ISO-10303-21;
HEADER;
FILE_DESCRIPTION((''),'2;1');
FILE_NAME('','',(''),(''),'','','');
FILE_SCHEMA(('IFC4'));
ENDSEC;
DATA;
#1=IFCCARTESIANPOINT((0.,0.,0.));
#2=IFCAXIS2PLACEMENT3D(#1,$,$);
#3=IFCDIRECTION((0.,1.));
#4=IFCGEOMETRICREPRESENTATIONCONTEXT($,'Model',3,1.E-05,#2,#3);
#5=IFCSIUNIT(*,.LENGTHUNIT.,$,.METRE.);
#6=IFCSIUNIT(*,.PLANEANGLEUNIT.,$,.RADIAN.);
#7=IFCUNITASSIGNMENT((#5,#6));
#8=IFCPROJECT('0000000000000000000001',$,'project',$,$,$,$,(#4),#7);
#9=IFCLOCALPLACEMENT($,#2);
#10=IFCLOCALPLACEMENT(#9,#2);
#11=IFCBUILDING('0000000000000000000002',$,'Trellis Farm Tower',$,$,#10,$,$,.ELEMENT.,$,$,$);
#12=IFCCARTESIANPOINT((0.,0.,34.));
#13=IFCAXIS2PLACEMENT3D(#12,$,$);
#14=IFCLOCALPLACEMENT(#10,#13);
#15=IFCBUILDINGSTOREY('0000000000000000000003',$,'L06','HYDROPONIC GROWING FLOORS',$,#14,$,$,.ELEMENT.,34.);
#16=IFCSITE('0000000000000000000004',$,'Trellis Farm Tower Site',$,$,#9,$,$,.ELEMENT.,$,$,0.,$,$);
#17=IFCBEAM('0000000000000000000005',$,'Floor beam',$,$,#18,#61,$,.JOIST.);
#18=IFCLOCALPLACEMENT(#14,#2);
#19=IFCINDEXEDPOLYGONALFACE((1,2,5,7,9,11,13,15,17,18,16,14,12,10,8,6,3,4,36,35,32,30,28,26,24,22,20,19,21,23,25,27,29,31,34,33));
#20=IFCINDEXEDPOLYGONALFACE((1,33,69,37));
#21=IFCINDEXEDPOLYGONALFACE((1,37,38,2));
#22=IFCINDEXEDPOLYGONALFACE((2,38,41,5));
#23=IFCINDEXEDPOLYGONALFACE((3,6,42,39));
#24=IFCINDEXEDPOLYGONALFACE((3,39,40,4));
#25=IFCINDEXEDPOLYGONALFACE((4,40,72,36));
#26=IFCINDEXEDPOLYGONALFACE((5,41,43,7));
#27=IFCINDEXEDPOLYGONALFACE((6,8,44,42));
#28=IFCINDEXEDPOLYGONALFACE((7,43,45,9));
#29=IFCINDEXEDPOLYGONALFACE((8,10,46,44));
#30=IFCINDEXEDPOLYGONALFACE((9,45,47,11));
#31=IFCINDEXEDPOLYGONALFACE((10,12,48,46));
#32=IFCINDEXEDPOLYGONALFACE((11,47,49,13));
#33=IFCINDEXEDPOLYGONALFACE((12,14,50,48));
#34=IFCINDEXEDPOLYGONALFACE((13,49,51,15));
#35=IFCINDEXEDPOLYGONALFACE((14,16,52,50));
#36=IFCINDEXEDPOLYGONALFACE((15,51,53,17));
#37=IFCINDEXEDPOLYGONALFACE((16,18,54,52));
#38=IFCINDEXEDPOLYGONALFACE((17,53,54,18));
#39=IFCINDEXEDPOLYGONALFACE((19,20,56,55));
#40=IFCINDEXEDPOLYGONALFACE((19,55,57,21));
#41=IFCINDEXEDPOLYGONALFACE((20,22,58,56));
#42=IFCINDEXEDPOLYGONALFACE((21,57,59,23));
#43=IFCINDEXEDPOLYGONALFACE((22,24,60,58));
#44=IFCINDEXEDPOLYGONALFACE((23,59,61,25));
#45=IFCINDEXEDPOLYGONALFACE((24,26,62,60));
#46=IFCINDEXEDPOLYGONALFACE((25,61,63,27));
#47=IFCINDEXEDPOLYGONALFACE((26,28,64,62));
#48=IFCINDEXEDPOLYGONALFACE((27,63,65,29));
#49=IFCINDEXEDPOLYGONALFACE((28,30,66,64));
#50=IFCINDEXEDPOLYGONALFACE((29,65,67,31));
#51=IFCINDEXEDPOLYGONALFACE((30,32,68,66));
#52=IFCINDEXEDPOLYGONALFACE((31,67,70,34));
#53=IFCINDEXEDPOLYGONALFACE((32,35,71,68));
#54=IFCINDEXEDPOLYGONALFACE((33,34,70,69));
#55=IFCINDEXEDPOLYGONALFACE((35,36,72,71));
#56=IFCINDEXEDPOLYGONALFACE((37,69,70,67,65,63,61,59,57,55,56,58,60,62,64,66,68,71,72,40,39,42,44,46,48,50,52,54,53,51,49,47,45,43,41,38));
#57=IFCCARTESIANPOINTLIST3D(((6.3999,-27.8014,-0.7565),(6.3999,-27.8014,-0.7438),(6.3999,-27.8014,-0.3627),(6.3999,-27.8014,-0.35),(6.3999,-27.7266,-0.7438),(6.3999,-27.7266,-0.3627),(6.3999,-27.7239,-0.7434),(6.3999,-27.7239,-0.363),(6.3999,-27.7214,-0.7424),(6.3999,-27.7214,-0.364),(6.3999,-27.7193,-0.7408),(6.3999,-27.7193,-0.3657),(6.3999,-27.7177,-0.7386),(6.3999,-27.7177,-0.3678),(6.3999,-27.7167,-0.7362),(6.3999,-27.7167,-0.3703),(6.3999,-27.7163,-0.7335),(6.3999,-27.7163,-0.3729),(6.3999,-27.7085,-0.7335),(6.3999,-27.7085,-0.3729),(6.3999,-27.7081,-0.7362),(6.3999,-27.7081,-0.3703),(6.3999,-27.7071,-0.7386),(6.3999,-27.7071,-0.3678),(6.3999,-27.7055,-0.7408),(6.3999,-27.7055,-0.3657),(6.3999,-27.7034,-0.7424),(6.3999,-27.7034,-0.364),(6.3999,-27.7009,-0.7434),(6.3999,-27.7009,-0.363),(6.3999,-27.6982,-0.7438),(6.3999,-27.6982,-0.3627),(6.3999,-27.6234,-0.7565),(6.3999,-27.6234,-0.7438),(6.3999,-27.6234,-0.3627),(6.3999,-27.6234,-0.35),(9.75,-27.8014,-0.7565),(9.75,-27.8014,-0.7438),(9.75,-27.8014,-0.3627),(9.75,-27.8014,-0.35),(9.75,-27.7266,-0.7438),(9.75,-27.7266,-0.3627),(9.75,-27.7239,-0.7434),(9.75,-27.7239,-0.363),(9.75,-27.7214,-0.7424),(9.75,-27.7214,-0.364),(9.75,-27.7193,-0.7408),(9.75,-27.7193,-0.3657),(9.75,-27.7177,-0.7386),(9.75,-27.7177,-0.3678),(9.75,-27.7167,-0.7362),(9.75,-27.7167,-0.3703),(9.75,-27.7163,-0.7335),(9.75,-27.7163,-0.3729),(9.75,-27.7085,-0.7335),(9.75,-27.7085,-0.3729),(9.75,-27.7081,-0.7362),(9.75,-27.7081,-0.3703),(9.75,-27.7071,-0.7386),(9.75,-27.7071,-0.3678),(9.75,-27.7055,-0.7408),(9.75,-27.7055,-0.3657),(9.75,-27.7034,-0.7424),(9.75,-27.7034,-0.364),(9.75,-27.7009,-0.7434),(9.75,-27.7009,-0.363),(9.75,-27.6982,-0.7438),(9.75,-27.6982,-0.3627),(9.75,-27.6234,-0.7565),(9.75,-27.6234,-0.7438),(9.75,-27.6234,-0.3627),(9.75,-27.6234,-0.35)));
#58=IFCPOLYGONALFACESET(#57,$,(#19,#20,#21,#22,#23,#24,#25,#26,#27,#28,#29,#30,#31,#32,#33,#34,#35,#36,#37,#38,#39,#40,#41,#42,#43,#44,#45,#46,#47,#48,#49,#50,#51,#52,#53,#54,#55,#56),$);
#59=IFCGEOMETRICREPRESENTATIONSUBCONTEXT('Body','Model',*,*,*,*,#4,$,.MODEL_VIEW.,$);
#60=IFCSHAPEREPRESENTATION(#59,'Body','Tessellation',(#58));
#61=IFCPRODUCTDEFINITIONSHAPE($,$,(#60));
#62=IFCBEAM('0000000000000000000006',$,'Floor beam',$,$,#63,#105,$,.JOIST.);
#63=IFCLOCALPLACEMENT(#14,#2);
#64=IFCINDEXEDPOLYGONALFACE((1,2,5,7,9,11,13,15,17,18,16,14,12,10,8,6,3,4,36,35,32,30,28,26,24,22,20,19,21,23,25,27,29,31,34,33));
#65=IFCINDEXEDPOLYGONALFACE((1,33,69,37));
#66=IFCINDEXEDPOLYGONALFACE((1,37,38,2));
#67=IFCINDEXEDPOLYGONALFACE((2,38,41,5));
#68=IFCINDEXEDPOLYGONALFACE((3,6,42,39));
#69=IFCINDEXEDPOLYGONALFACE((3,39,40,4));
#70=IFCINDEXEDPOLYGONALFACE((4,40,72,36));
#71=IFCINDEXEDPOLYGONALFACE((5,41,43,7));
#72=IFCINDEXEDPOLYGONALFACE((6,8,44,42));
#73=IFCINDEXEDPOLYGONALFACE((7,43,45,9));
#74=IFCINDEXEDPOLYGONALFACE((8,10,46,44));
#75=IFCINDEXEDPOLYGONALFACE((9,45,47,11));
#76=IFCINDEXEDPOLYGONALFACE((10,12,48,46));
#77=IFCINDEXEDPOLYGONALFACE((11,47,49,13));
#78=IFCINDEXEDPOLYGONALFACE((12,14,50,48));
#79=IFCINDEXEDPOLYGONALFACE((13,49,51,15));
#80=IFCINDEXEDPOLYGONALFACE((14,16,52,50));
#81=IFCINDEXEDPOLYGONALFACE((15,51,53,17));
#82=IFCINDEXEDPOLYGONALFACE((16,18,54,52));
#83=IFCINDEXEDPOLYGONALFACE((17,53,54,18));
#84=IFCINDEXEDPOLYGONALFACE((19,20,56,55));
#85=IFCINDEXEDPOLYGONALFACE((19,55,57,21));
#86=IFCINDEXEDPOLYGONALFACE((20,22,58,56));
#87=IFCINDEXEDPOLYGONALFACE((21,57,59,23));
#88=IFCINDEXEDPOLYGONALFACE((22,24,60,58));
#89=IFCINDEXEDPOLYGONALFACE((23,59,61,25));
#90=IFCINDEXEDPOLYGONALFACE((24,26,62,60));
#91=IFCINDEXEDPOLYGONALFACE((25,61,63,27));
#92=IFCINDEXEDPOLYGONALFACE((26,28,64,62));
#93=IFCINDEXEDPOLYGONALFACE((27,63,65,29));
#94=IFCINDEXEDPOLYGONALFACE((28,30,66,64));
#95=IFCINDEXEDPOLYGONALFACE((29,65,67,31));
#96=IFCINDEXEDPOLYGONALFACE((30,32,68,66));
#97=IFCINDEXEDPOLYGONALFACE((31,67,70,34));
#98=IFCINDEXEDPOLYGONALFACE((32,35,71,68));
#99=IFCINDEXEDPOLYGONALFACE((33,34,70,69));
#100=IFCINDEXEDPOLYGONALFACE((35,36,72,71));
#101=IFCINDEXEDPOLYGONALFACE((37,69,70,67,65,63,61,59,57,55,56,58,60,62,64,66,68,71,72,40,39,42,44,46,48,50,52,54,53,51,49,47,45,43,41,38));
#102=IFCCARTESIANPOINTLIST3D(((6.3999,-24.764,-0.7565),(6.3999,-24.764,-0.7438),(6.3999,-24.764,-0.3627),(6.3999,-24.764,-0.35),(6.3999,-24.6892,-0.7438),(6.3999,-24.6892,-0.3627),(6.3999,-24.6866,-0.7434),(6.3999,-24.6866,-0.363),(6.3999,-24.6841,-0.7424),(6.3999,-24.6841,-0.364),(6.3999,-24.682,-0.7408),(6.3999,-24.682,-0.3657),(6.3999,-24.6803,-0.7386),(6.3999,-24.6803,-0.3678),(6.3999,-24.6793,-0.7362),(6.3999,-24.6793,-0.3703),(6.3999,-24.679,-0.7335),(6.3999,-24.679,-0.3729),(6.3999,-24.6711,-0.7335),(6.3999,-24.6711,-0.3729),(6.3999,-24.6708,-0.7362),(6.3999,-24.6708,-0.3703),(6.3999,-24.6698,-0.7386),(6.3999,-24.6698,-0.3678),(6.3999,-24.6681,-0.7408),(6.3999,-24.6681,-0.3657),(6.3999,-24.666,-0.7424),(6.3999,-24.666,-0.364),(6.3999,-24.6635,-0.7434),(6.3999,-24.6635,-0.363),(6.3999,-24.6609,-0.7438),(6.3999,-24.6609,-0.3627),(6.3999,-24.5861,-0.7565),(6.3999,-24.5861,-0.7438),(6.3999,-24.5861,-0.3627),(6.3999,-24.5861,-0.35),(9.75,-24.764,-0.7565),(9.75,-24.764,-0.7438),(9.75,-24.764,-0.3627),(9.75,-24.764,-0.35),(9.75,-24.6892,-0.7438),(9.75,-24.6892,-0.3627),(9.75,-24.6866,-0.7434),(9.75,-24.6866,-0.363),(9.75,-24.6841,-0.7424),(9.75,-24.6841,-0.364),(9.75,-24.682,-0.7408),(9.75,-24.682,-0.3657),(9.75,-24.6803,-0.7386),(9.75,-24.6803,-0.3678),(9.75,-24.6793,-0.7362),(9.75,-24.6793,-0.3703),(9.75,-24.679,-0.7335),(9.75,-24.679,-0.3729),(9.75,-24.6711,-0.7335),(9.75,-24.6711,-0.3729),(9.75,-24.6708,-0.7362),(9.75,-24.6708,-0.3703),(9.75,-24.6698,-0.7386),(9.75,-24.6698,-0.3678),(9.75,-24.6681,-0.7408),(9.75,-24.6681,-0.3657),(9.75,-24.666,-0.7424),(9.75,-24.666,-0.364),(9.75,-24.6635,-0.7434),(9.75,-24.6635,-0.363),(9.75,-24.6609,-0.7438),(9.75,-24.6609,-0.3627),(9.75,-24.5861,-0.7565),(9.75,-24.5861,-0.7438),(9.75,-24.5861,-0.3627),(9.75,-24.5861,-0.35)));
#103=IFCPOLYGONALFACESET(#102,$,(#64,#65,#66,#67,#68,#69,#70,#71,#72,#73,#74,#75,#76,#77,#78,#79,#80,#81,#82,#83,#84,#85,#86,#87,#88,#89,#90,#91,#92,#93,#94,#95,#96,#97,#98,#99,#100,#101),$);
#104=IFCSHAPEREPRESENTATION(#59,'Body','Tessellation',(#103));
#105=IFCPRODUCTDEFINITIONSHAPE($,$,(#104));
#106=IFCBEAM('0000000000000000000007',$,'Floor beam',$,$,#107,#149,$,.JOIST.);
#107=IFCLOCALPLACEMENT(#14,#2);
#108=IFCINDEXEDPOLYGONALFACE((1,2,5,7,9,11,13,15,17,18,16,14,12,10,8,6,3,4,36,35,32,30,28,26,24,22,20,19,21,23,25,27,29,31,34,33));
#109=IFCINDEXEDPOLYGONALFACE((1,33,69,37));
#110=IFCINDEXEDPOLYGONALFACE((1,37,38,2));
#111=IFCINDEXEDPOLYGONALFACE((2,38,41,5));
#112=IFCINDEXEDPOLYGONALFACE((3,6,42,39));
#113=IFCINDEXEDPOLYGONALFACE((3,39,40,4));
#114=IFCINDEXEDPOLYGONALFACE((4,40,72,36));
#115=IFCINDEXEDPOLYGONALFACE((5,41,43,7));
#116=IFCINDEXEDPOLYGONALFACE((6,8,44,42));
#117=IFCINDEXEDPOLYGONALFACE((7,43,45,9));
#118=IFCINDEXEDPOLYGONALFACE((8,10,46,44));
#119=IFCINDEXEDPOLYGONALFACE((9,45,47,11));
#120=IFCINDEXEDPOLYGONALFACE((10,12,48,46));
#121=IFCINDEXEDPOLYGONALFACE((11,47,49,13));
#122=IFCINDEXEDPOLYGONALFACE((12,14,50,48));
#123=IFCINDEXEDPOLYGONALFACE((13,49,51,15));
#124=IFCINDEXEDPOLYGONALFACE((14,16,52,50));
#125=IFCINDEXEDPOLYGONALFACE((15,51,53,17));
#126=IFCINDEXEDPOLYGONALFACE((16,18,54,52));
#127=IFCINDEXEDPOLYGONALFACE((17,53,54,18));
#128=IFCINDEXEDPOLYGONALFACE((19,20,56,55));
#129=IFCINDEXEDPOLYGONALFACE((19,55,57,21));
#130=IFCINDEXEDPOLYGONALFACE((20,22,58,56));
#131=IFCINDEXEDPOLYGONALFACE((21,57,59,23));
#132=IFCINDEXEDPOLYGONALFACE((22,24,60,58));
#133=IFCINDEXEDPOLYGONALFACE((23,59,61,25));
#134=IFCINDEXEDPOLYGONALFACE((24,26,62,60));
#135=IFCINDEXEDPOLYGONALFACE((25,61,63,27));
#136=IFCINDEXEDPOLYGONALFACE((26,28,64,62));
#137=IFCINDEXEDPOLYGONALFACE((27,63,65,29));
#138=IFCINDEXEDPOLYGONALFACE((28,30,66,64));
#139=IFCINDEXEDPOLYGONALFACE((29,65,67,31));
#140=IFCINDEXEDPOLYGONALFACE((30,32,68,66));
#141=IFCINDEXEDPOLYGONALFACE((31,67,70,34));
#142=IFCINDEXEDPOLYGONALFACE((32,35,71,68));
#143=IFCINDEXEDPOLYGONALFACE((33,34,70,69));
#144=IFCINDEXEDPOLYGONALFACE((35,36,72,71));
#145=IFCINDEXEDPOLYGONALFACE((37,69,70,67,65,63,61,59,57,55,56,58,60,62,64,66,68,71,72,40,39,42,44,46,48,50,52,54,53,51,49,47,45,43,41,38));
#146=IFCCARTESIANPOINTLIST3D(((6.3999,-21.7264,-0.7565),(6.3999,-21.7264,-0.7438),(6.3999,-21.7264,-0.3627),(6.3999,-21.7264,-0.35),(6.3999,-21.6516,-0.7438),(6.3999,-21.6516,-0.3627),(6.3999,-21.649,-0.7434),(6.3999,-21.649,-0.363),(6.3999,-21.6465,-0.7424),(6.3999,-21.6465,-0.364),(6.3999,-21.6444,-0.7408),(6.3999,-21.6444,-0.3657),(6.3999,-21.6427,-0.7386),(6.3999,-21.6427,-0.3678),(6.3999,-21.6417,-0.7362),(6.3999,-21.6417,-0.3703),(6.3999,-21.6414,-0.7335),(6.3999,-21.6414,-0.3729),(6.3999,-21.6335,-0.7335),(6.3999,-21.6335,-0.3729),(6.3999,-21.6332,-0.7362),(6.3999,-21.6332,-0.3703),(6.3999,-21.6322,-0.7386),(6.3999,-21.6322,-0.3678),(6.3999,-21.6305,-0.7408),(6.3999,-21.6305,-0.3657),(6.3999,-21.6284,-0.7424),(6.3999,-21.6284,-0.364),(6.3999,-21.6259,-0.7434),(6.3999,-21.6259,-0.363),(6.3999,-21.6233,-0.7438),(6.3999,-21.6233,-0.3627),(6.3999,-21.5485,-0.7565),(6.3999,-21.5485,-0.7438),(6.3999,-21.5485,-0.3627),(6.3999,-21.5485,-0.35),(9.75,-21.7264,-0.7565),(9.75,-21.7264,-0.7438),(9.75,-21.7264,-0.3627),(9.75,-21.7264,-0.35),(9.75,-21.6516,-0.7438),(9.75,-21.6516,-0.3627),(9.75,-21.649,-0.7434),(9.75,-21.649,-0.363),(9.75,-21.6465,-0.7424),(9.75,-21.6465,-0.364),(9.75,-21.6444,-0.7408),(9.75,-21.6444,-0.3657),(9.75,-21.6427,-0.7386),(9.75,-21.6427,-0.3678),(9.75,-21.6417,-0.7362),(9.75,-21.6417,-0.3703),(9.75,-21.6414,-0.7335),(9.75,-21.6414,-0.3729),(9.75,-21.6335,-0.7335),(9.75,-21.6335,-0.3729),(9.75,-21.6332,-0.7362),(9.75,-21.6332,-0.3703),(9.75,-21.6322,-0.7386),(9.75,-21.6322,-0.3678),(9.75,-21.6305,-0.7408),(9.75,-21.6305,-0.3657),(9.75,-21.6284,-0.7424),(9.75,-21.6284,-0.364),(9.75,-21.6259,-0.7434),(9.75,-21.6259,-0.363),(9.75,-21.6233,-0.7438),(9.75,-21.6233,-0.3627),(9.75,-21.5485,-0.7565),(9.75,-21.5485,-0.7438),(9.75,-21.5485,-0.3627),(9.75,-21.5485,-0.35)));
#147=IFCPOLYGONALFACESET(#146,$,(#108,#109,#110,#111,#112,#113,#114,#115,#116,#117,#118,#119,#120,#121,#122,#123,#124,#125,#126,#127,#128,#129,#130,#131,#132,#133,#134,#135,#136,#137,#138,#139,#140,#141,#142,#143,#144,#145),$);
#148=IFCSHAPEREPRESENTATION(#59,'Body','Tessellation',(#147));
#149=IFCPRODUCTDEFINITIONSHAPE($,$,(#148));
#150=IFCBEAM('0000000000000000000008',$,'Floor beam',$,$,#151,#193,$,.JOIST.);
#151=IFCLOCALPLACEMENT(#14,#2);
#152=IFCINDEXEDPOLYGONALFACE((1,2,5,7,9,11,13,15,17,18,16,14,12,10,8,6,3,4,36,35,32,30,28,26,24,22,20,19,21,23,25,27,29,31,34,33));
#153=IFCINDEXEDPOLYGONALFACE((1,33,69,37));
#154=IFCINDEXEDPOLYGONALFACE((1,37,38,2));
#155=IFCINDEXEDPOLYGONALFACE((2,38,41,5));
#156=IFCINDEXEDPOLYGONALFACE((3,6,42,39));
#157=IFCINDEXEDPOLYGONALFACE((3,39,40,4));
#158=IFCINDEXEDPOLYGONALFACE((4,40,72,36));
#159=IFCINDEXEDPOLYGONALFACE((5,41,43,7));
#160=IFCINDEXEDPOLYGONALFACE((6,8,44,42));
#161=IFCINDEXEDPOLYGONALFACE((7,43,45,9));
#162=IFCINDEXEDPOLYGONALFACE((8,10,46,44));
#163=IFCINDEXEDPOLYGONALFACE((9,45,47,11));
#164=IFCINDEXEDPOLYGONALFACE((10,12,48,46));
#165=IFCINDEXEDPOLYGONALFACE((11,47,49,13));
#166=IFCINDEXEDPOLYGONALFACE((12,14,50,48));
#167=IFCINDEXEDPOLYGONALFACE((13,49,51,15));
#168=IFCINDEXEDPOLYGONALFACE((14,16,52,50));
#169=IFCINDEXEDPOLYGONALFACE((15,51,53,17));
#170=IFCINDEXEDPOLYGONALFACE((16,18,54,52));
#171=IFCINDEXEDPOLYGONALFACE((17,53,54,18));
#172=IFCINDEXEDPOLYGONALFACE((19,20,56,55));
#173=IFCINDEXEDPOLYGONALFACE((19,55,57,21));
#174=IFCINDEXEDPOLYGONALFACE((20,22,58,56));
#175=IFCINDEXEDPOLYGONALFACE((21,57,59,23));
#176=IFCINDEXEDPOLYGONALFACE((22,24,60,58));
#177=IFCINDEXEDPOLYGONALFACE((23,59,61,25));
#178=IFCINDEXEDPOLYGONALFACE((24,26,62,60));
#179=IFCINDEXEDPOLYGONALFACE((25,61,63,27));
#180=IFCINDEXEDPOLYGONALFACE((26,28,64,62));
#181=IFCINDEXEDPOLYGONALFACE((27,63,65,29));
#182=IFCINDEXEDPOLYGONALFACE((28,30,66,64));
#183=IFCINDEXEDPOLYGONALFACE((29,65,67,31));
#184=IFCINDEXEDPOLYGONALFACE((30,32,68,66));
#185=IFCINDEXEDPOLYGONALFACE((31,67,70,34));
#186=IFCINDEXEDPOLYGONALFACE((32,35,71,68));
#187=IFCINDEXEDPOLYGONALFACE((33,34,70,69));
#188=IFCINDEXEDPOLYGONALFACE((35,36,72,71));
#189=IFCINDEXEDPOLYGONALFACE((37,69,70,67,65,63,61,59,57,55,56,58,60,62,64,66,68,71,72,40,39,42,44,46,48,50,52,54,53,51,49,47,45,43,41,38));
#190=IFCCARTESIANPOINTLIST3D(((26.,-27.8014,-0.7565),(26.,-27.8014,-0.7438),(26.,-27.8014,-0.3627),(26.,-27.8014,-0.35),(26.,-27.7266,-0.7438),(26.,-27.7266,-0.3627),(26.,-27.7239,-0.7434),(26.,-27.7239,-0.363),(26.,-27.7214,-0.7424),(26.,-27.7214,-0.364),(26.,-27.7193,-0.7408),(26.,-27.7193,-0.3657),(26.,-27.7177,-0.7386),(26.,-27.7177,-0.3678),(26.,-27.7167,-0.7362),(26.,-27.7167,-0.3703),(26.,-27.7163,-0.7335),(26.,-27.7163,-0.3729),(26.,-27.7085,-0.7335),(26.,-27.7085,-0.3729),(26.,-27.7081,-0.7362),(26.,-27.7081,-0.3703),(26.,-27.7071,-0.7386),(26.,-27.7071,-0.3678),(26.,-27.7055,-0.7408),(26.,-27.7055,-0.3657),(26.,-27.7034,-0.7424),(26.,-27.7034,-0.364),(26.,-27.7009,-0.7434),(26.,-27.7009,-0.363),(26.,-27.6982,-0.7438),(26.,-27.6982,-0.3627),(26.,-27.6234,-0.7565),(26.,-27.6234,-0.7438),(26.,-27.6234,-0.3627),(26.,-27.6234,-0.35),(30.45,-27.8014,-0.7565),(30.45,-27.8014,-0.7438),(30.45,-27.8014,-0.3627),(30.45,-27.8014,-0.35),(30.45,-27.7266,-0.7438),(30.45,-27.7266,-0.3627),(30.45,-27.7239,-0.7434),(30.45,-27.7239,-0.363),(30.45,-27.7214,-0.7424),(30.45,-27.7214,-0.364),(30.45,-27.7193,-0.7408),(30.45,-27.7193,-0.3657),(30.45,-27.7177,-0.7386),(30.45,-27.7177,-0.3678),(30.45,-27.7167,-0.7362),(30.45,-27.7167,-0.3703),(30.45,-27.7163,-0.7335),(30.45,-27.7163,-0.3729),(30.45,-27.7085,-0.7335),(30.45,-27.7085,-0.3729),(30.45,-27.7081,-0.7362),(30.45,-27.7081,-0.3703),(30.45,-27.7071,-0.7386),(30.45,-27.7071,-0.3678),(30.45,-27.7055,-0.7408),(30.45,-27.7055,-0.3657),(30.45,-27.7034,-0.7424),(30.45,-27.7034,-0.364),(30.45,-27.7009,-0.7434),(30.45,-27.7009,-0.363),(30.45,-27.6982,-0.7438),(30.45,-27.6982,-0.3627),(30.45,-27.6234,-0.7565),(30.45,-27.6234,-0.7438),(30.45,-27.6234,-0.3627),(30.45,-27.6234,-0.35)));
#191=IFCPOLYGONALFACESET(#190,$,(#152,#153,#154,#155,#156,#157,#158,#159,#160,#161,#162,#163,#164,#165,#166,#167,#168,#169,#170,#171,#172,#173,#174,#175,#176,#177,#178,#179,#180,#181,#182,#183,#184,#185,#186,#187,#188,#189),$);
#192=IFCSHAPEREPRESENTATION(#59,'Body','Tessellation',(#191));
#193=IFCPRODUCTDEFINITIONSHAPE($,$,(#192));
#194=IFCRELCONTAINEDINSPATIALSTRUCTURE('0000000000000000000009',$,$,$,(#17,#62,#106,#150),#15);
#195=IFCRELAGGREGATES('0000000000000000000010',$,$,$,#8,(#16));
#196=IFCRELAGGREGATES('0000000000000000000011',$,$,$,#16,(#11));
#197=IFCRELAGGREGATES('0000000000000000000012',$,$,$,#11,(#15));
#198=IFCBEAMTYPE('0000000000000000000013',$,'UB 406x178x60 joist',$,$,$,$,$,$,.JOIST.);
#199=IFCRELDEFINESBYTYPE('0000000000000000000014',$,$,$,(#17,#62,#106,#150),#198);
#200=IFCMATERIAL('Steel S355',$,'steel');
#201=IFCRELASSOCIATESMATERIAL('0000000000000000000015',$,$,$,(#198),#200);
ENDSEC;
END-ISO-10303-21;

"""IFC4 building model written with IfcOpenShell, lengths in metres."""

from ifc_helpers import new_model, si_unit, direction, frame, origin, origin_2d, place, context, subcontext, project, spatial, i_section, extrude, source, transform, mapped, material, material_profile, profile_set, type_object, element, save


model = new_model("IFC4")

# Units and contexts
model_context = context("Model", 3, precision=1e-05, world=origin(), true_north=direction((0.0, 1.0)))
body_context = subcontext(model_context, "Body", "Model", "MODEL_VIEW")
ifc_project = project(units=[si_unit("LENGTHUNIT", "METRE"), si_unit("PLANEANGLEUNIT", "RADIAN")], contexts=[model_context])

# Site, building, storey
site_placement = place(None, origin())
site = spatial("IfcSite", under=ifc_project, at=site_placement, Name="Trellis Farm Tower Site", CompositionType="ELEMENT", RefElevation=0.0)
building_placement = place(site_placement, origin())
building = spatial("IfcBuilding", under=site, at=building_placement, Name="Trellis Farm Tower", CompositionType="ELEMENT")
storey_placement = place(building_placement, frame((0.0, 0.0, 34.0)))
storey = spatial("IfcBuildingStorey", under=building, at=storey_placement, Name="L06", Description="HYDROPONIC GROWING FLOORS", CompositionType="ELEMENT", Elevation=34.0)

# Beams
ifc_material_1 = material(Name="Steel S355", Category="steel")
ifc_material_profile_1 = material_profile(ifc_material_1, i_section(OverallWidth=0.178, OverallDepth=0.4065, WebThickness=0.0078, FlangeThickness=0.0127, FilletRadius=0.0103, at=origin_2d()), Name="UB 406x178x60")
ifc_profile_set_1 = profile_set([ifc_material_profile_1], Name="Steel S355")
beam_type_1 = type_object("IfcBeamType", Name="UB 406x178x60 joist", PredefinedType="JOIST", material=ifc_profile_set_1)
shared_shape_1 = source(origin(), body_context, "Body", "SweptSolid", [
    extrude(i_section(OverallWidth=0.178, OverallDepth=0.4065, WebThickness=0.0078, FlangeThickness=0.0127, FilletRadius=0.0103, at=origin_2d()), origin(), (0.0, 0.0, 1.0), 3.3501),
])
for number, where, z_axis, x_axis, name in (
    (1, (6.3999, -27.7124, -0.5532), (1.0, 0.0, 0.0), (0.0, 1.0, 0.0), "Floor beam"),
    (2, (6.3999, -24.675, -0.5532), (1.0, 0.0, 0.0), (0.0, 1.0, 0.0), "Floor beam"),
    (3, (6.3999, -21.6375, -0.5532), (1.0, 0.0, 0.0), (0.0, 1.0, 0.0), "Floor beam"),
):
    element("IfcBeam", number, at=place(storey_placement, frame(where, z_axis=z_axis, x_axis=x_axis)), inside=storey, type_object=beam_type_1, Name=name, PredefinedType="JOIST", context=body_context, shape_type="MappedRepresentation", body=[
        mapped(shared_shape_1, transform((0.0, 0.0, 0.0))),
    ])
shared_shape_2 = source(origin(), body_context, "Body", "SweptSolid", [
    extrude(i_section(OverallWidth=0.178, OverallDepth=0.4065, WebThickness=0.0078, FlangeThickness=0.0127, FilletRadius=0.0103, at=origin_2d()), origin(), (0.0, 0.0, 1.0), 4.45),
])
for number, where, z_axis, x_axis, name in (
    (4, (26.0, -27.7124, -0.5532), (1.0, 0.0, 0.0), (0.0, 1.0, 0.0), "Floor beam"),
):
    element("IfcBeam", number, at=place(storey_placement, frame(where, z_axis=z_axis, x_axis=x_axis)), inside=storey, type_object=beam_type_1, Name=name, PredefinedType="JOIST", context=body_context, shape_type="MappedRepresentation", body=[
        mapped(shared_shape_2, transform((0.0, 0.0, 0.0))),
    ])

save(model, "model.ifc")
